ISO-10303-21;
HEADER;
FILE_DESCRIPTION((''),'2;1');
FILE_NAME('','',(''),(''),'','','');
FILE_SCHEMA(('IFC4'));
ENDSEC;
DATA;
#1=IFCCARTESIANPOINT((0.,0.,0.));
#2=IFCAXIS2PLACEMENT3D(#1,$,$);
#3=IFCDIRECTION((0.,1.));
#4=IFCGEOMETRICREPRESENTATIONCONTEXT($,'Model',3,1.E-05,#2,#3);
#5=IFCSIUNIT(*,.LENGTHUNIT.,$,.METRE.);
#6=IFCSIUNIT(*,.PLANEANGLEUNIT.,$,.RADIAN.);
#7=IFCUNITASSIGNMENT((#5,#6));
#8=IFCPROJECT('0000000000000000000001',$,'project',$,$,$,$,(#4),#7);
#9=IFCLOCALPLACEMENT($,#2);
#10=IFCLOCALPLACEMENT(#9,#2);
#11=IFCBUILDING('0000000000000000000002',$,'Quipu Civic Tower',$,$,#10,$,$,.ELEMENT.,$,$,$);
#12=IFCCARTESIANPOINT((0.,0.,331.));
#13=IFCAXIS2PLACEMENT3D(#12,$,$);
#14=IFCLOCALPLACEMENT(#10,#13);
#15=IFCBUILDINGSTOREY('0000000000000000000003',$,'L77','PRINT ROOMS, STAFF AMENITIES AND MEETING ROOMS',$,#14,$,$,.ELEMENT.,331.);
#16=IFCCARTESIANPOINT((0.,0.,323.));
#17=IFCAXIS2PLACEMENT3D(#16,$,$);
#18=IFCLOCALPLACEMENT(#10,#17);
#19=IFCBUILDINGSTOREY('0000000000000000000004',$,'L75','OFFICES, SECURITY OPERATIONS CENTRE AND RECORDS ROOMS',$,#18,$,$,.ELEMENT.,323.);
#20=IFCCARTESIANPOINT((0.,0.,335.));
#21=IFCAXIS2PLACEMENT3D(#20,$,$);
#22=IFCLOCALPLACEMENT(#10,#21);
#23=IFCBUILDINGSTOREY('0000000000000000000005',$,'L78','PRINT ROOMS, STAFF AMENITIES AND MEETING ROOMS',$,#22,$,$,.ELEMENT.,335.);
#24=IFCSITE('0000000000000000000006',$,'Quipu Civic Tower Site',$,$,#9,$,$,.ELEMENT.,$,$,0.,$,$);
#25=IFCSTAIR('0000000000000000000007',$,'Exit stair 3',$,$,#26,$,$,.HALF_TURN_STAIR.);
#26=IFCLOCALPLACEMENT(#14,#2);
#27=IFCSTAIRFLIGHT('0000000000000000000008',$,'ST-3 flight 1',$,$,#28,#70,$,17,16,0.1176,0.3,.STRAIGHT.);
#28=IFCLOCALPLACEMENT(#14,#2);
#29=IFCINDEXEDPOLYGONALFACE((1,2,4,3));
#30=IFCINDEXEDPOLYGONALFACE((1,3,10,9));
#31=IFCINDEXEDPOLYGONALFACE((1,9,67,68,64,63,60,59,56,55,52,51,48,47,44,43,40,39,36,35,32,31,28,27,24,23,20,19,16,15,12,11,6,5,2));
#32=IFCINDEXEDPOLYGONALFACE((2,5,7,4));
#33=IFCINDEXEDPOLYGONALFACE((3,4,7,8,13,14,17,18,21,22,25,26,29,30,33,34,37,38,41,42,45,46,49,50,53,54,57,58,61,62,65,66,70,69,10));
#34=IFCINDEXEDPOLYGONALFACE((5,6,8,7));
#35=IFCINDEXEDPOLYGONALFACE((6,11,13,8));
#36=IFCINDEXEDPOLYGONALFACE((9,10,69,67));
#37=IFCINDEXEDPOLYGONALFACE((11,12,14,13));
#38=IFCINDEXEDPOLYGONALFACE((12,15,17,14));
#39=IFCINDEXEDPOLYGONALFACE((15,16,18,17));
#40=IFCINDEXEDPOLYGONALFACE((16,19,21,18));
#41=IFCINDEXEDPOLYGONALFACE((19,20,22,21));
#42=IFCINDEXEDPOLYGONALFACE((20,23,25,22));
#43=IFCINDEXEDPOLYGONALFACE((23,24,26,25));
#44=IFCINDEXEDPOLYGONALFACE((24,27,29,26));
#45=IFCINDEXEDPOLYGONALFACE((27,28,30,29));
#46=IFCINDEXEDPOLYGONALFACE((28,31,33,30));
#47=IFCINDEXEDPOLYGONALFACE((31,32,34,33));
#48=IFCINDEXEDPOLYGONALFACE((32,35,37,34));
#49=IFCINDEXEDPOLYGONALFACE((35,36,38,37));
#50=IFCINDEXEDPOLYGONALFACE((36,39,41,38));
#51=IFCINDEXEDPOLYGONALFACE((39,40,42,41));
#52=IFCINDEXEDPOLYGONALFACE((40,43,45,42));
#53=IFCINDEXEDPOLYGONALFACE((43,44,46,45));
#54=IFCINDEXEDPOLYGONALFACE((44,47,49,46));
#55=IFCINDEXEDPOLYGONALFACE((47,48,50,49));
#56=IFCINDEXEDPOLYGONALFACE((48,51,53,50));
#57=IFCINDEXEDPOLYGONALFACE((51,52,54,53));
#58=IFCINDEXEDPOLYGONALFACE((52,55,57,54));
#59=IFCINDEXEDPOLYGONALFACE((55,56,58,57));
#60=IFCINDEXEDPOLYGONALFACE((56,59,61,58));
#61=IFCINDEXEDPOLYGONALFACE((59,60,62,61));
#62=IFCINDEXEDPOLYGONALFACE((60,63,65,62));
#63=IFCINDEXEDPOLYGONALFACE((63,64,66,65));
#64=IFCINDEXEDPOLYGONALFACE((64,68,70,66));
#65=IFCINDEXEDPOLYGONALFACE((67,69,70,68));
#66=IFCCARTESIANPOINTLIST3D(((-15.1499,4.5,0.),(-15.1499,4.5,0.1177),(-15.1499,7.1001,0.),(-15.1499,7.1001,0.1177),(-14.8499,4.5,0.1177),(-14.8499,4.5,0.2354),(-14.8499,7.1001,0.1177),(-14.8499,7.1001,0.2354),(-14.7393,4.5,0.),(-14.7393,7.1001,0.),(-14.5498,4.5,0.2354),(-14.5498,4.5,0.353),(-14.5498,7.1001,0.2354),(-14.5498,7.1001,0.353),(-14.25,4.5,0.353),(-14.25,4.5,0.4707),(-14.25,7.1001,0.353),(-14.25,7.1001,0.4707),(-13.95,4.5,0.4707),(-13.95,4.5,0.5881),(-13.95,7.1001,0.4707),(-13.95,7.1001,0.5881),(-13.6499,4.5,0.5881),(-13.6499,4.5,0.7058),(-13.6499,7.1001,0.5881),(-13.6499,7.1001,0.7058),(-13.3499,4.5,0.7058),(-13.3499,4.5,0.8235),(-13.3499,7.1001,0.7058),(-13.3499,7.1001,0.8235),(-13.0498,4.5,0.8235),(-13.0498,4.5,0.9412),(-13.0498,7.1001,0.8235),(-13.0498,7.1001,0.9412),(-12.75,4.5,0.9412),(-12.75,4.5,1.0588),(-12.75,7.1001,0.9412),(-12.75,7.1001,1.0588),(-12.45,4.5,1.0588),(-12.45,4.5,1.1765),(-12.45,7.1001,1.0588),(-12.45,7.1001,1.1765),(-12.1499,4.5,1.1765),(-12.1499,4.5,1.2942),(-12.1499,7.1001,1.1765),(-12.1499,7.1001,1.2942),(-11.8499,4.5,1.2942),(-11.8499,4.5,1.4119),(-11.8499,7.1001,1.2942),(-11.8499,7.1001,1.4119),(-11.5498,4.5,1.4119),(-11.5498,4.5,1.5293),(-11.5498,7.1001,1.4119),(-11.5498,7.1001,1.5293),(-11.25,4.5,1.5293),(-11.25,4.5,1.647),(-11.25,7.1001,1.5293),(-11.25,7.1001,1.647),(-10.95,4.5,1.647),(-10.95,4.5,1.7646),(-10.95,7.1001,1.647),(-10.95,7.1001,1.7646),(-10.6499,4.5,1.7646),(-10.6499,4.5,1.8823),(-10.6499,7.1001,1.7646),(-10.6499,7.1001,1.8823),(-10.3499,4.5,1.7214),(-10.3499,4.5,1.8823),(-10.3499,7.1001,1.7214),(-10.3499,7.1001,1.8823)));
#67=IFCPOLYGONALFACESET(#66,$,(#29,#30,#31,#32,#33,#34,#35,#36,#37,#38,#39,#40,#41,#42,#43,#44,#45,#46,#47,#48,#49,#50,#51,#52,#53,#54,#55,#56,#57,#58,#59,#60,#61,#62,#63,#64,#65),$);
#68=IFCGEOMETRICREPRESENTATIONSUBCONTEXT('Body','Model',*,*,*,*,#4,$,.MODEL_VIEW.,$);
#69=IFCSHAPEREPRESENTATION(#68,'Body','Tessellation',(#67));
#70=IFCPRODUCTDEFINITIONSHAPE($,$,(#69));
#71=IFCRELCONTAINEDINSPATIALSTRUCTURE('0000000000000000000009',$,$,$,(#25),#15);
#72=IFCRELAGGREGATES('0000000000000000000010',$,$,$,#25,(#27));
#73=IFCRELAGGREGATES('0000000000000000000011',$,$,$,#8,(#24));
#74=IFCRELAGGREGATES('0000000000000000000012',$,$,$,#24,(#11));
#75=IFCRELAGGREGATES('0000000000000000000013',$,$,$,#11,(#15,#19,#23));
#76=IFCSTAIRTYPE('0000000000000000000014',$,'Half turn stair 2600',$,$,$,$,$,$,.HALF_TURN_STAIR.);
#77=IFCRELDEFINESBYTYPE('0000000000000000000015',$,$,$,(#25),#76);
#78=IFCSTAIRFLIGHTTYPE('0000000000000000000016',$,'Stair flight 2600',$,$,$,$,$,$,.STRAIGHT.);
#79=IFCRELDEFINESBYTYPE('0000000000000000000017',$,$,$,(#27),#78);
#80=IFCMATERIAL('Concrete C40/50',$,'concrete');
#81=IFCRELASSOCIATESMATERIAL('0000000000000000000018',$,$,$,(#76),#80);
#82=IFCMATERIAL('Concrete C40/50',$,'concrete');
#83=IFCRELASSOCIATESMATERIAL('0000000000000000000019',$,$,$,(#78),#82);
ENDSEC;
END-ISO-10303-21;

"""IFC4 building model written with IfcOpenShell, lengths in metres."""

from ifc_helpers import new_model, si_unit, direction, frame, origin, place, context, subcontext, project, spatial, polyline, outline, extrude, material, type_object, element, aggregate, save


model = new_model("IFC4")

# Units and contexts
model_context = context("Model", 3, precision=1e-05, world=origin(), true_north=direction((0.0, 1.0)))
body_context = subcontext(model_context, "Body", "Model", "MODEL_VIEW")
ifc_project = project(units=[si_unit("LENGTHUNIT", "METRE"), si_unit("PLANEANGLEUNIT", "RADIAN")], contexts=[model_context])

# Site, building, storey
site_placement = place(None, origin())
site = spatial("IfcSite", under=ifc_project, at=site_placement, Name="Quipu Civic Tower Site", CompositionType="ELEMENT", RefElevation=0.0)
building_placement = place(site_placement, origin())
building = spatial("IfcBuilding", under=site, at=building_placement, Name="Quipu Civic Tower", CompositionType="ELEMENT")
storey_1_placement = place(building_placement, frame((0.0, 0.0, 331.0)))
storey_1 = spatial("IfcBuildingStorey", under=building, at=storey_1_placement, Name="L77", Description="PRINT ROOMS, STAFF AMENITIES AND MEETING ROOMS", CompositionType="ELEMENT", Elevation=331.0)

# Shared definitions
storey_2_placement = place(building_placement, frame((0.0, 0.0, 323.0)))
storey_2 = spatial("IfcBuildingStorey", under=building, at=storey_2_placement, Name="L75", Description="OFFICES, SECURITY OPERATIONS CENTRE AND RECORDS ROOMS", CompositionType="ELEMENT", Elevation=323.0)

# Shared definitions
storey_3_placement = place(building_placement, frame((0.0, 0.0, 335.0)))
storey_3 = spatial("IfcBuildingStorey", under=building, at=storey_3_placement, Name="L78", Description="PRINT ROOMS, STAFF AMENITIES AND MEETING ROOMS", CompositionType="ELEMENT", Elevation=335.0)

# Stair, stair flight
ifc_material_1 = material(Name="Concrete C40/50", Category="concrete")
stair_type = type_object("IfcStairType", Name="Half turn stair 2600", PredefinedType="HALF_TURN_STAIR", material=ifc_material_1)
stair_placement = place(storey_1_placement, origin())
stair = element("IfcStair", 1, at=stair_placement, inside=storey_1, type_object=stair_type, Name="Exit stair 3", PredefinedType="HALF_TURN_STAIR")
ifc_material_2 = material(Name="Concrete C40/50", Category="concrete")
stair_flight_type = type_object("IfcStairFlightType", Name="Stair flight 2600", PredefinedType="STRAIGHT", material=ifc_material_2)
stair_flight_placement = place(storey_1_placement, frame((-15.1499, 5.8, 0.0), z_axis=(0.0, 0.0, 1.0), x_axis=(1.0, 0.0, 0.0)))
stair_flight = element("IfcStairFlight", 2, at=stair_flight_placement, type_object=stair_flight_type, Name="ST-3 flight 1", NumberOfRisers=17, NumberOfTreads=16, PredefinedType="STRAIGHT", RiserHeight=0.1176, TreadLength=0.3, context=body_context, shape_type="SweptSolid", body=[
    extrude(outline(polyline([(0.0, 0.0), (0.0, 0.1177), (0.3, 0.1177), (0.3, 0.2354), (0.6001, 0.2354), (0.6001, 0.353), (0.8999, 0.353), (0.8999, 0.4707), (1.2, 0.4707), (1.2, 0.5881), (1.5, 0.5881), (1.5, 0.7058), (1.8, 0.7058), (1.8, 0.8235), (2.1001, 0.8235), (2.1001, 0.9412), (2.3999, 0.9412), (2.3999, 1.0588), (2.7, 1.0588), (2.7, 1.1765), (3.0, 1.1765), (3.0, 1.2942), (3.3, 1.2942), (3.3, 1.4119), (3.6001, 1.4119), (3.6001, 1.5293), (3.8999, 1.5293), (3.8999, 1.647), (4.2, 1.647), (4.2, 1.7646), (4.5, 1.7646), (4.5, 1.8823), (4.8, 1.8823), (4.8, 2.0), (4.8, 1.7214), (0.4106, 0.0), (0.0, 0.0)])), frame((0.0, 1.3, 0.0), z_axis=(0.0, -1.0, 0.0), x_axis=(1.0, 0.0, 0.0)), (0.0, 0.0, 1.0), 2.6001),
])
aggregate(stair, [stair_flight])

save(model, "model.ifc")
